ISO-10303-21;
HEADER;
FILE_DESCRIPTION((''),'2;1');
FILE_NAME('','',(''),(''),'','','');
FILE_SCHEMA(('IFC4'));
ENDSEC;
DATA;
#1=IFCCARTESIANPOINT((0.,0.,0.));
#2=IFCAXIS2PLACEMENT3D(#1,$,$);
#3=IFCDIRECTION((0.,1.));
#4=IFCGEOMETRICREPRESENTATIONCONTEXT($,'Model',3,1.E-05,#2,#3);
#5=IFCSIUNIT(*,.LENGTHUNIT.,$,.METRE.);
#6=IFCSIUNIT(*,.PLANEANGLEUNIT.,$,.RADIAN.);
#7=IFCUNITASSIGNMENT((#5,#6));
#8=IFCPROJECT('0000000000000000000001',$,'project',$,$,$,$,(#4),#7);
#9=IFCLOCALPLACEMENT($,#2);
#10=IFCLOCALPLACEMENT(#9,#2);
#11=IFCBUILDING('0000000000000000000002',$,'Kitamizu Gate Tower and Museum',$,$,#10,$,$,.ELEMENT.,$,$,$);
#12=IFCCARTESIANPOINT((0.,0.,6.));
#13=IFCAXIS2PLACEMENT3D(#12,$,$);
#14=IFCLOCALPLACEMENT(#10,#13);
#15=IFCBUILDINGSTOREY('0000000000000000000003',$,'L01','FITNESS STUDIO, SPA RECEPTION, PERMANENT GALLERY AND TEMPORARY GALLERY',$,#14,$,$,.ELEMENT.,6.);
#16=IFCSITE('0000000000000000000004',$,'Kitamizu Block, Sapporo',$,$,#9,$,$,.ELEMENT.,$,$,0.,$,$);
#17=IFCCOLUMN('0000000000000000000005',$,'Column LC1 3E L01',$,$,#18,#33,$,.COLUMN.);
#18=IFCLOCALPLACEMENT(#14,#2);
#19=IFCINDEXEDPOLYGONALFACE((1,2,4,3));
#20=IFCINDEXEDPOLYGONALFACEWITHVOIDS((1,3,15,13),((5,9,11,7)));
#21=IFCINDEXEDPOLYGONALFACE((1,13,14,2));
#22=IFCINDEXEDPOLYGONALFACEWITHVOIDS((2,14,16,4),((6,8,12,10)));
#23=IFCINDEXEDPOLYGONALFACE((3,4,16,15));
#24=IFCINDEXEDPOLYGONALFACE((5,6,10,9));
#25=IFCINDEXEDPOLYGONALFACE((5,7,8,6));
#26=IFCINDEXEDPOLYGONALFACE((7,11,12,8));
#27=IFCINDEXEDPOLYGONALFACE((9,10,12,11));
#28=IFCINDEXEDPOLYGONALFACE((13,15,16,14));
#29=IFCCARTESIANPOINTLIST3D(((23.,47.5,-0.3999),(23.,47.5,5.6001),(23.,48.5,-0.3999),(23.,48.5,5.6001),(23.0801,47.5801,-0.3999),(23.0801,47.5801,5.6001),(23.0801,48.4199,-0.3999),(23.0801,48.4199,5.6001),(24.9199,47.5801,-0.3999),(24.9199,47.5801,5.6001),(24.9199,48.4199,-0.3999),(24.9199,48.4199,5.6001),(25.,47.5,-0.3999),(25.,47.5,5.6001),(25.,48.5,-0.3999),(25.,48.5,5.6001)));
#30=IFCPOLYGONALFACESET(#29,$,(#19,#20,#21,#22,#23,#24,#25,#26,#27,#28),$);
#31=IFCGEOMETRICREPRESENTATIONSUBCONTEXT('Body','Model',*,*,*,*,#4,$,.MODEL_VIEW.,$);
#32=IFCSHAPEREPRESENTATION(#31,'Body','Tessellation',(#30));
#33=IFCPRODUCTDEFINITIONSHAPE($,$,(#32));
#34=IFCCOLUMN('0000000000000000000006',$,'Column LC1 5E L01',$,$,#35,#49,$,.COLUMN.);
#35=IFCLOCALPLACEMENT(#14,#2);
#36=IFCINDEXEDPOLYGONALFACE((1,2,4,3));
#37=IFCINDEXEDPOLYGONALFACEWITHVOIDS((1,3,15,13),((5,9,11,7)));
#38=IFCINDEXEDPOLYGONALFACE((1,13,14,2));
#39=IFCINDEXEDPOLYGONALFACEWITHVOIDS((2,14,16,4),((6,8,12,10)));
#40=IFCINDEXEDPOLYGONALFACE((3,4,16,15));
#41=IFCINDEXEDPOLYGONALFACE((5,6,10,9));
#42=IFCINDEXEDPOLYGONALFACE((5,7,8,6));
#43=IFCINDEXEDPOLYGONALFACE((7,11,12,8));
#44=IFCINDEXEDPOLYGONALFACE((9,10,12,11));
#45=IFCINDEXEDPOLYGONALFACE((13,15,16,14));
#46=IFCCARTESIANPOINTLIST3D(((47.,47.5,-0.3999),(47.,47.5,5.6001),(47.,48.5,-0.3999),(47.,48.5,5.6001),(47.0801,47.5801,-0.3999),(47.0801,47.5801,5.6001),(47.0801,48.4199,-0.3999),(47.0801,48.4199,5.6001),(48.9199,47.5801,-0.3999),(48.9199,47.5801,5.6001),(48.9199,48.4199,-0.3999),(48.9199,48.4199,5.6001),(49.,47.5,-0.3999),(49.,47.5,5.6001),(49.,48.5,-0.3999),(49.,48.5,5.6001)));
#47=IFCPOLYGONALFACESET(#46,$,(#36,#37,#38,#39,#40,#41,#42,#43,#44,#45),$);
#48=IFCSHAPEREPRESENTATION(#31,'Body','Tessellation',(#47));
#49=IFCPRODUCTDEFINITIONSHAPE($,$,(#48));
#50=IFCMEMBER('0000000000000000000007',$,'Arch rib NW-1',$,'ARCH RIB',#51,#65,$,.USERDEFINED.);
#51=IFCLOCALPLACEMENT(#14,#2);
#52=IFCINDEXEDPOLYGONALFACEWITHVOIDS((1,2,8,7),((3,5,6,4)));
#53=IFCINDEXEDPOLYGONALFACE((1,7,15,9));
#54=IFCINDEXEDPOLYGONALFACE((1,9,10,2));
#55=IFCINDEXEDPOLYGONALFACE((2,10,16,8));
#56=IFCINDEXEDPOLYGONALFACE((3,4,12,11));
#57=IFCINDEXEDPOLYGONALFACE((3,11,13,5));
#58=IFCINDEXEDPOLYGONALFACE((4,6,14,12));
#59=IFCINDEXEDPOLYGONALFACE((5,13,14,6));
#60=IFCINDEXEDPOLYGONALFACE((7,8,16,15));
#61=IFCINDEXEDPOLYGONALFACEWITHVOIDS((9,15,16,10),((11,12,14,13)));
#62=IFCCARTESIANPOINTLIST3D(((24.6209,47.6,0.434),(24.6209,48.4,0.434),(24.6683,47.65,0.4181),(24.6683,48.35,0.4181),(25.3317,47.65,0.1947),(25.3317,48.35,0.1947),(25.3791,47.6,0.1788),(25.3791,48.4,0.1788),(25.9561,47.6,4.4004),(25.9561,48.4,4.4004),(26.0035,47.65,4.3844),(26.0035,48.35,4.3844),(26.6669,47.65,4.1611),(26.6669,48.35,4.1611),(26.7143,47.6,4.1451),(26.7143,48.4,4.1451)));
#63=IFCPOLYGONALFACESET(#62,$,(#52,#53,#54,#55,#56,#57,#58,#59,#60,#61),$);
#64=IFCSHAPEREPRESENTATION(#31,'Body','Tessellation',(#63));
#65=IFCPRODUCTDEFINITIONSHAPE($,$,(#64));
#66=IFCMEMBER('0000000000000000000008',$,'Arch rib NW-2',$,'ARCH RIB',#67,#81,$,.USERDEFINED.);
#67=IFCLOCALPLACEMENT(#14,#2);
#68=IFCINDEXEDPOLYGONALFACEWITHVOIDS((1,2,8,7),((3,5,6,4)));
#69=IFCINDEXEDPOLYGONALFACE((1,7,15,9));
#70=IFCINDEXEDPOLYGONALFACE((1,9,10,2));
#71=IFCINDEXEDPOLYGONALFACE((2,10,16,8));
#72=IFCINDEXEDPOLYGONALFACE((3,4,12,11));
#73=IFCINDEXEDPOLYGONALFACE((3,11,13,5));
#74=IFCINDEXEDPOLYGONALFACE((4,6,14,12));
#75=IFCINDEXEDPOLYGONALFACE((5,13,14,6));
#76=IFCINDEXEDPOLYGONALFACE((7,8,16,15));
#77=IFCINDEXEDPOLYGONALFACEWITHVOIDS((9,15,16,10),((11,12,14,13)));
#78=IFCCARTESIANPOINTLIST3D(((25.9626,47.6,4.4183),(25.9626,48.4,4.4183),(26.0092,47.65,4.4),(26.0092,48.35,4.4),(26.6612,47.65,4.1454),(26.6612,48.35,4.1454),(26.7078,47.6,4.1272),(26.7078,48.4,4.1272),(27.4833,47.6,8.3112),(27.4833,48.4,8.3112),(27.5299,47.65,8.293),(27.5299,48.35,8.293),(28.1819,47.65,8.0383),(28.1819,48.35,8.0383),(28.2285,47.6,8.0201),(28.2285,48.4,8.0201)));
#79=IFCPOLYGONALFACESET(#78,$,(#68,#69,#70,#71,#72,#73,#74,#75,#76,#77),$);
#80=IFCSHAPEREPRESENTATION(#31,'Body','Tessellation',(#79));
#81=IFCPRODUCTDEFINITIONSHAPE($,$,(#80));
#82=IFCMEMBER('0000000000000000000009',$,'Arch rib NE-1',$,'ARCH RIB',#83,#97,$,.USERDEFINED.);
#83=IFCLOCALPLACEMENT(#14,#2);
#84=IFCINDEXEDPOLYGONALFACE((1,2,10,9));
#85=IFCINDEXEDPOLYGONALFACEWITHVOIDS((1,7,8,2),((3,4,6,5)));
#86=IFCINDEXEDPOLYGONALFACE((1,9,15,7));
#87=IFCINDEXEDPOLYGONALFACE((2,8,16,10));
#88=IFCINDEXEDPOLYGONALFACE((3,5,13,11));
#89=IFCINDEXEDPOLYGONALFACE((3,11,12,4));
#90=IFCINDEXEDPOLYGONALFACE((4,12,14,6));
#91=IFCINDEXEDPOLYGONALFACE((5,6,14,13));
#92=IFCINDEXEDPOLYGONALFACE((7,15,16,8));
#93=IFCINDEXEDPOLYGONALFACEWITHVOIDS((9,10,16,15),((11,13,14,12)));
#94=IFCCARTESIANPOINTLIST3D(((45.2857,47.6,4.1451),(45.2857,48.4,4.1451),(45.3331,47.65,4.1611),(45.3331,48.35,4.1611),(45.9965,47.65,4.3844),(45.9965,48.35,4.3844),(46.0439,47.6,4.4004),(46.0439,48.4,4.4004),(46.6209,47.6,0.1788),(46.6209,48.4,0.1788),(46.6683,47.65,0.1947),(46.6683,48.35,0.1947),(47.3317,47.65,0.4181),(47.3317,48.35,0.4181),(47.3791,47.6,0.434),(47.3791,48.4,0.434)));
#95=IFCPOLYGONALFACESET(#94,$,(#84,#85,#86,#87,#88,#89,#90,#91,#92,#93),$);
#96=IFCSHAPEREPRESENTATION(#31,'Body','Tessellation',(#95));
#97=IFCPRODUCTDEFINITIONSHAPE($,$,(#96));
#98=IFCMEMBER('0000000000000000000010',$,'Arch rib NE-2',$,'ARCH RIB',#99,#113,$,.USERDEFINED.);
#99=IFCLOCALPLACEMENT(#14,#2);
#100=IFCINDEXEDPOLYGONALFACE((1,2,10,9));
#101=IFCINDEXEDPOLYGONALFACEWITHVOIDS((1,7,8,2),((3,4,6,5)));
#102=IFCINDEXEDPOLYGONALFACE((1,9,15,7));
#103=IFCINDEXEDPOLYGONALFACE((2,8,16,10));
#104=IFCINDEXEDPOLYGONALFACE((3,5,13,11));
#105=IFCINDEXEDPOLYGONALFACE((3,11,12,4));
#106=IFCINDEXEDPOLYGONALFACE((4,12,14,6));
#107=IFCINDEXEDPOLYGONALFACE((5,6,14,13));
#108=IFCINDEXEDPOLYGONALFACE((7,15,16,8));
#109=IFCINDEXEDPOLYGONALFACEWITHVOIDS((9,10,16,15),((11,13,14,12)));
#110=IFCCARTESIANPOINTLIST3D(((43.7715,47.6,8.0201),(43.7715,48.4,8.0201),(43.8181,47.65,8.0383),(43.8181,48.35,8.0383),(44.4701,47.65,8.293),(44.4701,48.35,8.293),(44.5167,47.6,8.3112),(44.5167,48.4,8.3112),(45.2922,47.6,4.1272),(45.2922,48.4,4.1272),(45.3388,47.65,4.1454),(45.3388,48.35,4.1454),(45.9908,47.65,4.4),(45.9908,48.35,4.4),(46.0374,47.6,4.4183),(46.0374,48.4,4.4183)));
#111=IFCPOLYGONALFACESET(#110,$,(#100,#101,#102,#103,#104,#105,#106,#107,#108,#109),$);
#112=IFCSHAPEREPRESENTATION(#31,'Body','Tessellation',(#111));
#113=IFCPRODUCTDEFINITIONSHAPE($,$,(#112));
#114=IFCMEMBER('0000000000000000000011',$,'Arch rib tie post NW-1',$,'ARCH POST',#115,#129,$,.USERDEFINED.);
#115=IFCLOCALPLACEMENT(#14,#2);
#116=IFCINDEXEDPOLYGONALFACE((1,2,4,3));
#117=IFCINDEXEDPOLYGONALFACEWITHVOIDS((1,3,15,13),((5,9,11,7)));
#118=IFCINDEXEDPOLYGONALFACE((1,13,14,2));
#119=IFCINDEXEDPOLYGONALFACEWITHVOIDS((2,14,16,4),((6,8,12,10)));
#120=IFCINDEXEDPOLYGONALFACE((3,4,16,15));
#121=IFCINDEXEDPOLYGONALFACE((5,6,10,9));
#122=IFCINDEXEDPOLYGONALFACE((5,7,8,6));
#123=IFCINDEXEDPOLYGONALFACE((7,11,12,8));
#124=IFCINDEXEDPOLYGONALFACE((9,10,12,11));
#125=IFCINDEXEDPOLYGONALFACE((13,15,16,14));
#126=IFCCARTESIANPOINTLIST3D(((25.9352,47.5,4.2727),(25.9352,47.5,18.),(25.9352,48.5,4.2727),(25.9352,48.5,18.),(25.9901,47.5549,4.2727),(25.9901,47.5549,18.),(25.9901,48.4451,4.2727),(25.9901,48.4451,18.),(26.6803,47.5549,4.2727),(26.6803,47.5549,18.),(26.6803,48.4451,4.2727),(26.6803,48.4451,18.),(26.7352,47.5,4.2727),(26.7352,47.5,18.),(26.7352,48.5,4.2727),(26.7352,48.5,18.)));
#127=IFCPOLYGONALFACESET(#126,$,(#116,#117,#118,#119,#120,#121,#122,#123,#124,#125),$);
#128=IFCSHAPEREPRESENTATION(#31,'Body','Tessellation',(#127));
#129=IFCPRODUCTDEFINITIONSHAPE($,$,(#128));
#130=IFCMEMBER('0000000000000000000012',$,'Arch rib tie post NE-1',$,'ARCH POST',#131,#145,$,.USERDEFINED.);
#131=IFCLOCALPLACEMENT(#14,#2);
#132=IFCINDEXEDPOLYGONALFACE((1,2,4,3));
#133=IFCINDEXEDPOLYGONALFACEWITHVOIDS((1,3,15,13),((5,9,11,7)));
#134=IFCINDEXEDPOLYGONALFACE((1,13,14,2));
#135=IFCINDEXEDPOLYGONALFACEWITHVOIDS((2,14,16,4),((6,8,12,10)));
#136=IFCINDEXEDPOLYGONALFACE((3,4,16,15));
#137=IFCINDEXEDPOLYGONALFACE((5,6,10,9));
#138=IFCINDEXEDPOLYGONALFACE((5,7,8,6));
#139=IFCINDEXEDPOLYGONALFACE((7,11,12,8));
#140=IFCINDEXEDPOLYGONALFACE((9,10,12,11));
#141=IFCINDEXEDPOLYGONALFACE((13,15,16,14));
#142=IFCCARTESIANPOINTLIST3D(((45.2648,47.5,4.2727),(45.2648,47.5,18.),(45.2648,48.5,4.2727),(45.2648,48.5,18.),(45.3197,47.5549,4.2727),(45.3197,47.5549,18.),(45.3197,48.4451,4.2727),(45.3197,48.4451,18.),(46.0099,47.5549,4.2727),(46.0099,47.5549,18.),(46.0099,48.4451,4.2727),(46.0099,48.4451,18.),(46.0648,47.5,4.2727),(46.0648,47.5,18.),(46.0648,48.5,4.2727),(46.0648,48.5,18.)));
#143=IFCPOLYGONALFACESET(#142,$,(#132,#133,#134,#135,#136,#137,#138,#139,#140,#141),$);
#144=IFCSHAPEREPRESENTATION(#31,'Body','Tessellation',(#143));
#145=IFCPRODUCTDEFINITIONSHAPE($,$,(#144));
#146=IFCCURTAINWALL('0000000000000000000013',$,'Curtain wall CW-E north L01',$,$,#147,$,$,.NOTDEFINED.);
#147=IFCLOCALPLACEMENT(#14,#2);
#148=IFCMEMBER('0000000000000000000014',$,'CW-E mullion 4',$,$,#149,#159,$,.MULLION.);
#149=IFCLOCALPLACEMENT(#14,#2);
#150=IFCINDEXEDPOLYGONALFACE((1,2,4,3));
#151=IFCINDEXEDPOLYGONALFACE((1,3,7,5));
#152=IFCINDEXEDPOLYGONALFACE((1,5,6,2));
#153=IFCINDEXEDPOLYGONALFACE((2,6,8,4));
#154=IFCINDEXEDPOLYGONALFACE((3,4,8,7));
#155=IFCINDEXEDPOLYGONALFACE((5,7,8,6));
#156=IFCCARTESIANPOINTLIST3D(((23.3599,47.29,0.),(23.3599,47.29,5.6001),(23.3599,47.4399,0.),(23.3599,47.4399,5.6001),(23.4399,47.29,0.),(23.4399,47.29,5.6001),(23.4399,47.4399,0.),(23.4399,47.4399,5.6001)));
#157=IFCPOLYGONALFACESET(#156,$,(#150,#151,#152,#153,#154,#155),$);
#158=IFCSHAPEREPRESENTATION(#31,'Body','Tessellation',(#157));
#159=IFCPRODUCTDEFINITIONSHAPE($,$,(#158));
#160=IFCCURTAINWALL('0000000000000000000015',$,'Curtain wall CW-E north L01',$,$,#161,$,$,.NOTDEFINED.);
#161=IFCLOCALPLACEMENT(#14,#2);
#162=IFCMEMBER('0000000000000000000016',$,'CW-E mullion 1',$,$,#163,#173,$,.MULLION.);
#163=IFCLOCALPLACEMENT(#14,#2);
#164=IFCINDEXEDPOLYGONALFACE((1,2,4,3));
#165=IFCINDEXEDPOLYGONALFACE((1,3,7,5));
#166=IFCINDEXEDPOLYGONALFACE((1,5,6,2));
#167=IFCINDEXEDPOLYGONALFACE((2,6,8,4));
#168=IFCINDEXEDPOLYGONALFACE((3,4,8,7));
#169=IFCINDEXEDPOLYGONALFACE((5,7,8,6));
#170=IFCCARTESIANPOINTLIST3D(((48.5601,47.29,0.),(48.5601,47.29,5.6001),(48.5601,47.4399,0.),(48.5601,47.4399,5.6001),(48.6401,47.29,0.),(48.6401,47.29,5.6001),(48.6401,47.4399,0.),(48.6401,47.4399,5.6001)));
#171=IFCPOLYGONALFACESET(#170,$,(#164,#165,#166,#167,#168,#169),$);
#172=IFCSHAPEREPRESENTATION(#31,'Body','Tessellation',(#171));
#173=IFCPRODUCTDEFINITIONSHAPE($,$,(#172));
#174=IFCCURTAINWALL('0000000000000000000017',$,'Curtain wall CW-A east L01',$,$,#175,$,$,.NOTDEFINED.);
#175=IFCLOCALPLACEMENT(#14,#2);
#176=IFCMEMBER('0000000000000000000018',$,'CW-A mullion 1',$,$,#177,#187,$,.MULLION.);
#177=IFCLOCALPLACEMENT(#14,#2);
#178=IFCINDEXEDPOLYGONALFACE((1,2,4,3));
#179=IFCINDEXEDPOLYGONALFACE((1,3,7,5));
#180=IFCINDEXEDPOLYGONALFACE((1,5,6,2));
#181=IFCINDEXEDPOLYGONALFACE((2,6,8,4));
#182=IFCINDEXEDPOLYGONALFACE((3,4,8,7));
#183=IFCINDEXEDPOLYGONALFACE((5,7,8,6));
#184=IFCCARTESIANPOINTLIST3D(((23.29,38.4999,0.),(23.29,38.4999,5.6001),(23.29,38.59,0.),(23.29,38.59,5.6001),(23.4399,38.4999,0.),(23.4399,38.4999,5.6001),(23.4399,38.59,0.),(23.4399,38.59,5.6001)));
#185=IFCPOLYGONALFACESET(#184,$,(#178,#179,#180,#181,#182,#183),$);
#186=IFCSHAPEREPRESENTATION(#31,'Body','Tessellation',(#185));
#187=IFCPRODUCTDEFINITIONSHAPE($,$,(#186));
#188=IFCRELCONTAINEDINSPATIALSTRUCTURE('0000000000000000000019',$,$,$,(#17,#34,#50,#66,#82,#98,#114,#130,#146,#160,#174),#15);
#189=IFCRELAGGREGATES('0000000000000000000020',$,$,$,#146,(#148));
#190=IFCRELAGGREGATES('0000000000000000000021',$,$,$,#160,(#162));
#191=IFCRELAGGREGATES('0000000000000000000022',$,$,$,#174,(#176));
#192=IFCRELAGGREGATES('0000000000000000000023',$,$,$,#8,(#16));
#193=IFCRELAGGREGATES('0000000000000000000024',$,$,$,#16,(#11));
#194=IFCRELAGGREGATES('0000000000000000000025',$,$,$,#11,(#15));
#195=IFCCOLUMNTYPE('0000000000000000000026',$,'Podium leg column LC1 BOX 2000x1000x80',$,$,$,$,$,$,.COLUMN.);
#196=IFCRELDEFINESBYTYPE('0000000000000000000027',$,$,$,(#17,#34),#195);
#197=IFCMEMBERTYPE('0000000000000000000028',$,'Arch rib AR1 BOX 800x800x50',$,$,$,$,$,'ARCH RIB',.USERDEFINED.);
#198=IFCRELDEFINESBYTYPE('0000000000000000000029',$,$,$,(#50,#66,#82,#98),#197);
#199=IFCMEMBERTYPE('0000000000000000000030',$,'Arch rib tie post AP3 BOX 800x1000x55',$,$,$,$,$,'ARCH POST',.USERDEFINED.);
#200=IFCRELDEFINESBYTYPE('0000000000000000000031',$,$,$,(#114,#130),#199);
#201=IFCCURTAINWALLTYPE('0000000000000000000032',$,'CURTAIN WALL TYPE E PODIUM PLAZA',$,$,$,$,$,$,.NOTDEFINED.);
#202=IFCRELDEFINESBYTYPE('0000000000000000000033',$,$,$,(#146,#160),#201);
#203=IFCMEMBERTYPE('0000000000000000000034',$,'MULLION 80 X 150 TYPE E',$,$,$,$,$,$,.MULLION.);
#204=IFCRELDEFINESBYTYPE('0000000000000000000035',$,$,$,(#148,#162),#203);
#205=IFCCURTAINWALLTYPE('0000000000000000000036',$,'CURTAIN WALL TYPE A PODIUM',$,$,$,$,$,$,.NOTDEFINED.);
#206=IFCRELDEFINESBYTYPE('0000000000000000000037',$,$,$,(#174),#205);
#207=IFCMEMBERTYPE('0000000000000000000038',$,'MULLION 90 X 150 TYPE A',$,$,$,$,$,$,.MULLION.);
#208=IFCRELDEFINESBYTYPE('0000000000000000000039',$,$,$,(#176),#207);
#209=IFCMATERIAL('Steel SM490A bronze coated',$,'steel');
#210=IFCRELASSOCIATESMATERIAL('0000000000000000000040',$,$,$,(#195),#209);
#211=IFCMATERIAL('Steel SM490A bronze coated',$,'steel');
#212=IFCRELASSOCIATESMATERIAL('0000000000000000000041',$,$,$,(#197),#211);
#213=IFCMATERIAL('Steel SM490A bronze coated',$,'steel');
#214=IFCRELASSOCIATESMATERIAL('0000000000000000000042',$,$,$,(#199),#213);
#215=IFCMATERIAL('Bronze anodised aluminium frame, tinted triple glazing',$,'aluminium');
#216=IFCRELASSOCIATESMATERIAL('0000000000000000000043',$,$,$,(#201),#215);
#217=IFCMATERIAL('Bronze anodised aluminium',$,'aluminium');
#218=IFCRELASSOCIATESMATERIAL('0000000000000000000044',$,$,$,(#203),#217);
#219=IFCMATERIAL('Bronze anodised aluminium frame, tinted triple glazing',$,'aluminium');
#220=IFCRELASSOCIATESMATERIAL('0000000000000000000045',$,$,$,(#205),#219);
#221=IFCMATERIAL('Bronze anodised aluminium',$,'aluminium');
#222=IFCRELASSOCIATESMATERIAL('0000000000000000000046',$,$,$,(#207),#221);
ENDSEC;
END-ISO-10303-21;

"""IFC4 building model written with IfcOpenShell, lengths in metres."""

from ifc_helpers import new_model, si_unit, direction, frame, origin, origin_2d, place, context, subcontext, project, spatial, rectangle, hollow_rectangle, extrude, material, material_profile, profile_set, type_object, element, aggregate, save


model = new_model("IFC4")

# Units and contexts
model_context = context("Model", 3, precision=1e-05, world=origin(), true_north=direction((0.0, 1.0)))
body_context = subcontext(model_context, "Body", "Model", "MODEL_VIEW")
ifc_project = project(units=[si_unit("LENGTHUNIT", "METRE"), si_unit("PLANEANGLEUNIT", "RADIAN")], contexts=[model_context])

# Site, building, storey
site_placement = place(None, origin())
site = spatial("IfcSite", under=ifc_project, at=site_placement, Name="Kitamizu Block, Sapporo", CompositionType="ELEMENT", RefElevation=0.0)
building_placement = place(site_placement, origin())
building = spatial("IfcBuilding", under=site, at=building_placement, Name="Kitamizu Gate Tower and Museum", CompositionType="ELEMENT")
storey_placement = place(building_placement, frame((0.0, 0.0, 6.0)))
storey = spatial("IfcBuildingStorey", under=building, at=storey_placement, Name="L01", Description="FITNESS STUDIO, SPA RECEPTION, PERMANENT GALLERY AND TEMPORARY GALLERY", CompositionType="ELEMENT", Elevation=6.0)

# Columns
ifc_material_1 = material(Name="Steel SM490A bronze coated", Category="steel")
ifc_material_profile_1 = material_profile(ifc_material_1, hollow_rectangle(XDim=2.0, YDim=1.0, WallThickness=0.0801, at=origin_2d()), Name="BOX 2000x1000x80")
ifc_profile_set_1 = profile_set([ifc_material_profile_1], Name="Steel SM490A bronze coated")
column_type = type_object("IfcColumnType", Name="Podium leg column LC1 BOX 2000x1000x80", PredefinedType="COLUMN", material=ifc_profile_set_1)
for number, where, z_axis, x_axis, name in (
    (1, (24.0, 48.0, -0.3999), (0.0, 0.0, 1.0), (1.0, 0.0, 0.0), "Column LC1 3E L01"),
    (2, (48.0, 48.0, -0.3999), (0.0, 0.0, 1.0), (1.0, 0.0, 0.0), "Column LC1 5E L01"),
):
    element("IfcColumn", number, at=place(storey_placement, frame(where, z_axis=z_axis, x_axis=x_axis)), inside=storey, type_object=column_type, Name=name, PredefinedType="COLUMN", context=body_context, shape_type="SweptSolid", body=[
        extrude(hollow_rectangle(XDim=2.0, YDim=1.0, WallThickness=0.0801, at=origin_2d()), origin(), (0.0, 0.0, 1.0), 6.0),
    ])

# Members
ifc_material_2 = material(Name="Steel SM490A bronze coated", Category="steel")
ifc_material_profile_2 = material_profile(ifc_material_2, hollow_rectangle(XDim=0.8, YDim=0.8, WallThickness=0.05, at=origin_2d()), Name="BOX 800x800x50")
ifc_profile_set_2 = profile_set([ifc_material_profile_2], Name="Steel SM490A bronze coated")
member_type_1 = type_object("IfcMemberType", Name="Arch rib AR1 BOX 800x800x50", ElementType="ARCH RIB", PredefinedType="USERDEFINED", material=ifc_profile_set_2)
member_1_placement = place(storey_placement, frame((25.0, 48.0, 0.3064), z_axis=(0.319044, 0.0, 0.94774), x_axis=(0.0, 1.0, 0.0)))
element("IfcMember", 3, at=member_1_placement, inside=storey, type_object=member_type_1, Name="Arch rib NW-1", ObjectType="ARCH RIB", PredefinedType="USERDEFINED", context=body_context, shape_type="SweptSolid", body=[
    extrude(hollow_rectangle(XDim=0.8, YDim=0.8, WallThickness=0.05, at=origin_2d()), origin(), (0.0, 0.0, 1.0), 4.1851),
])
member_2_placement = place(storey_placement, frame((26.3352, 48.0, 4.2727), z_axis=(0.363855, 0.0, 0.931455), x_axis=(0.0, 1.0, 0.0)))
element("IfcMember", 4, at=member_2_placement, inside=storey, type_object=member_type_1, Name="Arch rib NW-2", ObjectType="ARCH RIB", PredefinedType="USERDEFINED", context=body_context, shape_type="SweptSolid", body=[
    extrude(hollow_rectangle(XDim=0.8, YDim=0.8, WallThickness=0.05, at=origin_2d()), origin(), (0.0, 0.0, 1.0), 4.1794),
])
member_3_placement = place(storey_placement, frame((47.0, 48.0, 0.3064), z_axis=(-0.319044, 0.0, 0.94774), x_axis=(0.0, -1.0, 0.0)))
element("IfcMember", 5, at=member_3_placement, inside=storey, type_object=member_type_1, Name="Arch rib NE-1", ObjectType="ARCH RIB", PredefinedType="USERDEFINED", context=body_context, shape_type="SweptSolid", body=[
    extrude(hollow_rectangle(XDim=0.8, YDim=0.8, WallThickness=0.05, at=origin_2d()), origin(), (0.0, 0.0, 1.0), 4.1851),
])
member_4_placement = place(storey_placement, frame((45.6648, 48.0, 4.2727), z_axis=(-0.363855, 0.0, 0.931455), x_axis=(0.0, -1.0, 0.0)))
element("IfcMember", 6, at=member_4_placement, inside=storey, type_object=member_type_1, Name="Arch rib NE-2", ObjectType="ARCH RIB", PredefinedType="USERDEFINED", context=body_context, shape_type="SweptSolid", body=[
    extrude(hollow_rectangle(XDim=0.8, YDim=0.8, WallThickness=0.05, at=origin_2d()), origin(), (0.0, 0.0, 1.0), 4.1794),
])
ifc_material_3 = material(Name="Steel SM490A bronze coated", Category="steel")
ifc_material_profile_3 = material_profile(ifc_material_3, hollow_rectangle(XDim=0.8, YDim=1.0, WallThickness=0.0549, at=origin_2d()), Name="BOX 800x1000x55")
ifc_profile_set_3 = profile_set([ifc_material_profile_3], Name="Steel SM490A bronze coated")
member_type_2 = type_object("IfcMemberType", Name="Arch rib tie post AP3 BOX 800x1000x55", ElementType="ARCH POST", PredefinedType="USERDEFINED", material=ifc_profile_set_3)
for number, where, z_axis, x_axis, name in (
    (7, (26.3352, 48.0, 4.2727), (0.0, 0.0, 1.0), (1.0, 0.0, 0.0), "Arch rib tie post NW-1"),
    (8, (45.6648, 48.0, 4.2727), (0.0, 0.0, 1.0), (1.0, 0.0, 0.0), "Arch rib tie post NE-1"),
):
    element("IfcMember", number, at=place(storey_placement, frame(where, z_axis=z_axis, x_axis=x_axis)), inside=storey, type_object=member_type_2, Name=name, ObjectType="ARCH POST", PredefinedType="USERDEFINED", context=body_context, shape_type="SweptSolid", body=[
        extrude(hollow_rectangle(XDim=0.8, YDim=1.0, WallThickness=0.0549, at=origin_2d()), origin(), (0.0, 0.0, 1.0), 13.7273),
    ])

# Curtain walls, members
ifc_material_4 = material(Name="Bronze anodised aluminium frame, tinted triple glazing", Category="aluminium")
curtain_wall_type_1 = type_object("IfcCurtainWallType", Name="CURTAIN WALL TYPE E PODIUM PLAZA", PredefinedType="NOTDEFINED", material=ifc_material_4)
curtain_wall_1_placement = place(storey_placement, origin())
curtain_wall_1 = element("IfcCurtainWall", 9, at=curtain_wall_1_placement, inside=storey, type_object=curtain_wall_type_1, Name="Curtain wall CW-E north L01", PredefinedType="NOTDEFINED")
ifc_material_5 = material(Name="Bronze anodised aluminium", Category="aluminium")
ifc_material_profile_4 = material_profile(ifc_material_5, rectangle(XDim=0.0801, YDim=0.1499, at=origin_2d()), Name="AL 80X150")
ifc_profile_set_4 = profile_set([ifc_material_profile_4], Name="Bronze anodised aluminium")
member_type_3 = type_object("IfcMemberType", Name="MULLION 80 X 150 TYPE E", PredefinedType="MULLION", material=ifc_profile_set_4)
member_5_placement = place(storey_placement, frame((23.3999, 47.365, 0.0), z_axis=(0.0, 0.0, 1.0), x_axis=(1.0, 0.0, 0.0)))
member_5 = element("IfcMember", 10, at=member_5_placement, type_object=member_type_3, Name="CW-E mullion 4", PredefinedType="MULLION", context=body_context, shape_type="SweptSolid", body=[
    extrude(rectangle(XDim=0.0801, YDim=0.1499, at=origin_2d()), origin(), (0.0, 0.0, 1.0), 5.6001),
])
aggregate(curtain_wall_1, [member_5])
curtain_wall_2_placement = place(storey_placement, origin())
curtain_wall_2 = element("IfcCurtainWall", 11, at=curtain_wall_2_placement, inside=storey, type_object=curtain_wall_type_1, Name="Curtain wall CW-E north L01", PredefinedType="NOTDEFINED")
member_6_placement = place(storey_placement, frame((48.6001, 47.365, 0.0), z_axis=(0.0, 0.0, 1.0), x_axis=(1.0, 0.0, 0.0)))
member_6 = element("IfcMember", 12, at=member_6_placement, type_object=member_type_3, Name="CW-E mullion 1", PredefinedType="MULLION", context=body_context, shape_type="SweptSolid", body=[
    extrude(rectangle(XDim=0.0801, YDim=0.1499, at=origin_2d()), origin(), (0.0, 0.0, 1.0), 5.6001),
])
aggregate(curtain_wall_2, [member_6])

# Curtain wall, member
ifc_material_6 = material(Name="Bronze anodised aluminium frame, tinted triple glazing", Category="aluminium")
curtain_wall_type_2 = type_object("IfcCurtainWallType", Name="CURTAIN WALL TYPE A PODIUM", PredefinedType="NOTDEFINED", material=ifc_material_6)
curtain_wall_3_placement = place(storey_placement, origin())
curtain_wall_3 = element("IfcCurtainWall", 13, at=curtain_wall_3_placement, inside=storey, type_object=curtain_wall_type_2, Name="Curtain wall CW-A east L01", PredefinedType="NOTDEFINED")
ifc_material_7 = material(Name="Bronze anodised aluminium", Category="aluminium")
ifc_material_profile_5 = material_profile(ifc_material_7, rectangle(XDim=0.0901, YDim=0.1499, at=origin_2d()), Name="AL 90X150")
ifc_profile_set_5 = profile_set([ifc_material_profile_5], Name="Bronze anodised aluminium")
member_type_4 = type_object("IfcMemberType", Name="MULLION 90 X 150 TYPE A", PredefinedType="MULLION", material=ifc_profile_set_5)
member_7_placement = place(storey_placement, frame((23.365, 38.5449, 0.0), z_axis=(0.0, 0.0, 1.0), x_axis=(0.0, 1.0, 0.0)))
member_7 = element("IfcMember", 14, at=member_7_placement, type_object=member_type_4, Name="CW-A mullion 1", PredefinedType="MULLION", context=body_context, shape_type="SweptSolid", body=[
    extrude(rectangle(XDim=0.0901, YDim=0.1499, at=origin_2d()), origin(), (0.0, 0.0, 1.0), 5.6001),
])

aggregate(curtain_wall_3, [member_7])

save(model, "model.ifc")
